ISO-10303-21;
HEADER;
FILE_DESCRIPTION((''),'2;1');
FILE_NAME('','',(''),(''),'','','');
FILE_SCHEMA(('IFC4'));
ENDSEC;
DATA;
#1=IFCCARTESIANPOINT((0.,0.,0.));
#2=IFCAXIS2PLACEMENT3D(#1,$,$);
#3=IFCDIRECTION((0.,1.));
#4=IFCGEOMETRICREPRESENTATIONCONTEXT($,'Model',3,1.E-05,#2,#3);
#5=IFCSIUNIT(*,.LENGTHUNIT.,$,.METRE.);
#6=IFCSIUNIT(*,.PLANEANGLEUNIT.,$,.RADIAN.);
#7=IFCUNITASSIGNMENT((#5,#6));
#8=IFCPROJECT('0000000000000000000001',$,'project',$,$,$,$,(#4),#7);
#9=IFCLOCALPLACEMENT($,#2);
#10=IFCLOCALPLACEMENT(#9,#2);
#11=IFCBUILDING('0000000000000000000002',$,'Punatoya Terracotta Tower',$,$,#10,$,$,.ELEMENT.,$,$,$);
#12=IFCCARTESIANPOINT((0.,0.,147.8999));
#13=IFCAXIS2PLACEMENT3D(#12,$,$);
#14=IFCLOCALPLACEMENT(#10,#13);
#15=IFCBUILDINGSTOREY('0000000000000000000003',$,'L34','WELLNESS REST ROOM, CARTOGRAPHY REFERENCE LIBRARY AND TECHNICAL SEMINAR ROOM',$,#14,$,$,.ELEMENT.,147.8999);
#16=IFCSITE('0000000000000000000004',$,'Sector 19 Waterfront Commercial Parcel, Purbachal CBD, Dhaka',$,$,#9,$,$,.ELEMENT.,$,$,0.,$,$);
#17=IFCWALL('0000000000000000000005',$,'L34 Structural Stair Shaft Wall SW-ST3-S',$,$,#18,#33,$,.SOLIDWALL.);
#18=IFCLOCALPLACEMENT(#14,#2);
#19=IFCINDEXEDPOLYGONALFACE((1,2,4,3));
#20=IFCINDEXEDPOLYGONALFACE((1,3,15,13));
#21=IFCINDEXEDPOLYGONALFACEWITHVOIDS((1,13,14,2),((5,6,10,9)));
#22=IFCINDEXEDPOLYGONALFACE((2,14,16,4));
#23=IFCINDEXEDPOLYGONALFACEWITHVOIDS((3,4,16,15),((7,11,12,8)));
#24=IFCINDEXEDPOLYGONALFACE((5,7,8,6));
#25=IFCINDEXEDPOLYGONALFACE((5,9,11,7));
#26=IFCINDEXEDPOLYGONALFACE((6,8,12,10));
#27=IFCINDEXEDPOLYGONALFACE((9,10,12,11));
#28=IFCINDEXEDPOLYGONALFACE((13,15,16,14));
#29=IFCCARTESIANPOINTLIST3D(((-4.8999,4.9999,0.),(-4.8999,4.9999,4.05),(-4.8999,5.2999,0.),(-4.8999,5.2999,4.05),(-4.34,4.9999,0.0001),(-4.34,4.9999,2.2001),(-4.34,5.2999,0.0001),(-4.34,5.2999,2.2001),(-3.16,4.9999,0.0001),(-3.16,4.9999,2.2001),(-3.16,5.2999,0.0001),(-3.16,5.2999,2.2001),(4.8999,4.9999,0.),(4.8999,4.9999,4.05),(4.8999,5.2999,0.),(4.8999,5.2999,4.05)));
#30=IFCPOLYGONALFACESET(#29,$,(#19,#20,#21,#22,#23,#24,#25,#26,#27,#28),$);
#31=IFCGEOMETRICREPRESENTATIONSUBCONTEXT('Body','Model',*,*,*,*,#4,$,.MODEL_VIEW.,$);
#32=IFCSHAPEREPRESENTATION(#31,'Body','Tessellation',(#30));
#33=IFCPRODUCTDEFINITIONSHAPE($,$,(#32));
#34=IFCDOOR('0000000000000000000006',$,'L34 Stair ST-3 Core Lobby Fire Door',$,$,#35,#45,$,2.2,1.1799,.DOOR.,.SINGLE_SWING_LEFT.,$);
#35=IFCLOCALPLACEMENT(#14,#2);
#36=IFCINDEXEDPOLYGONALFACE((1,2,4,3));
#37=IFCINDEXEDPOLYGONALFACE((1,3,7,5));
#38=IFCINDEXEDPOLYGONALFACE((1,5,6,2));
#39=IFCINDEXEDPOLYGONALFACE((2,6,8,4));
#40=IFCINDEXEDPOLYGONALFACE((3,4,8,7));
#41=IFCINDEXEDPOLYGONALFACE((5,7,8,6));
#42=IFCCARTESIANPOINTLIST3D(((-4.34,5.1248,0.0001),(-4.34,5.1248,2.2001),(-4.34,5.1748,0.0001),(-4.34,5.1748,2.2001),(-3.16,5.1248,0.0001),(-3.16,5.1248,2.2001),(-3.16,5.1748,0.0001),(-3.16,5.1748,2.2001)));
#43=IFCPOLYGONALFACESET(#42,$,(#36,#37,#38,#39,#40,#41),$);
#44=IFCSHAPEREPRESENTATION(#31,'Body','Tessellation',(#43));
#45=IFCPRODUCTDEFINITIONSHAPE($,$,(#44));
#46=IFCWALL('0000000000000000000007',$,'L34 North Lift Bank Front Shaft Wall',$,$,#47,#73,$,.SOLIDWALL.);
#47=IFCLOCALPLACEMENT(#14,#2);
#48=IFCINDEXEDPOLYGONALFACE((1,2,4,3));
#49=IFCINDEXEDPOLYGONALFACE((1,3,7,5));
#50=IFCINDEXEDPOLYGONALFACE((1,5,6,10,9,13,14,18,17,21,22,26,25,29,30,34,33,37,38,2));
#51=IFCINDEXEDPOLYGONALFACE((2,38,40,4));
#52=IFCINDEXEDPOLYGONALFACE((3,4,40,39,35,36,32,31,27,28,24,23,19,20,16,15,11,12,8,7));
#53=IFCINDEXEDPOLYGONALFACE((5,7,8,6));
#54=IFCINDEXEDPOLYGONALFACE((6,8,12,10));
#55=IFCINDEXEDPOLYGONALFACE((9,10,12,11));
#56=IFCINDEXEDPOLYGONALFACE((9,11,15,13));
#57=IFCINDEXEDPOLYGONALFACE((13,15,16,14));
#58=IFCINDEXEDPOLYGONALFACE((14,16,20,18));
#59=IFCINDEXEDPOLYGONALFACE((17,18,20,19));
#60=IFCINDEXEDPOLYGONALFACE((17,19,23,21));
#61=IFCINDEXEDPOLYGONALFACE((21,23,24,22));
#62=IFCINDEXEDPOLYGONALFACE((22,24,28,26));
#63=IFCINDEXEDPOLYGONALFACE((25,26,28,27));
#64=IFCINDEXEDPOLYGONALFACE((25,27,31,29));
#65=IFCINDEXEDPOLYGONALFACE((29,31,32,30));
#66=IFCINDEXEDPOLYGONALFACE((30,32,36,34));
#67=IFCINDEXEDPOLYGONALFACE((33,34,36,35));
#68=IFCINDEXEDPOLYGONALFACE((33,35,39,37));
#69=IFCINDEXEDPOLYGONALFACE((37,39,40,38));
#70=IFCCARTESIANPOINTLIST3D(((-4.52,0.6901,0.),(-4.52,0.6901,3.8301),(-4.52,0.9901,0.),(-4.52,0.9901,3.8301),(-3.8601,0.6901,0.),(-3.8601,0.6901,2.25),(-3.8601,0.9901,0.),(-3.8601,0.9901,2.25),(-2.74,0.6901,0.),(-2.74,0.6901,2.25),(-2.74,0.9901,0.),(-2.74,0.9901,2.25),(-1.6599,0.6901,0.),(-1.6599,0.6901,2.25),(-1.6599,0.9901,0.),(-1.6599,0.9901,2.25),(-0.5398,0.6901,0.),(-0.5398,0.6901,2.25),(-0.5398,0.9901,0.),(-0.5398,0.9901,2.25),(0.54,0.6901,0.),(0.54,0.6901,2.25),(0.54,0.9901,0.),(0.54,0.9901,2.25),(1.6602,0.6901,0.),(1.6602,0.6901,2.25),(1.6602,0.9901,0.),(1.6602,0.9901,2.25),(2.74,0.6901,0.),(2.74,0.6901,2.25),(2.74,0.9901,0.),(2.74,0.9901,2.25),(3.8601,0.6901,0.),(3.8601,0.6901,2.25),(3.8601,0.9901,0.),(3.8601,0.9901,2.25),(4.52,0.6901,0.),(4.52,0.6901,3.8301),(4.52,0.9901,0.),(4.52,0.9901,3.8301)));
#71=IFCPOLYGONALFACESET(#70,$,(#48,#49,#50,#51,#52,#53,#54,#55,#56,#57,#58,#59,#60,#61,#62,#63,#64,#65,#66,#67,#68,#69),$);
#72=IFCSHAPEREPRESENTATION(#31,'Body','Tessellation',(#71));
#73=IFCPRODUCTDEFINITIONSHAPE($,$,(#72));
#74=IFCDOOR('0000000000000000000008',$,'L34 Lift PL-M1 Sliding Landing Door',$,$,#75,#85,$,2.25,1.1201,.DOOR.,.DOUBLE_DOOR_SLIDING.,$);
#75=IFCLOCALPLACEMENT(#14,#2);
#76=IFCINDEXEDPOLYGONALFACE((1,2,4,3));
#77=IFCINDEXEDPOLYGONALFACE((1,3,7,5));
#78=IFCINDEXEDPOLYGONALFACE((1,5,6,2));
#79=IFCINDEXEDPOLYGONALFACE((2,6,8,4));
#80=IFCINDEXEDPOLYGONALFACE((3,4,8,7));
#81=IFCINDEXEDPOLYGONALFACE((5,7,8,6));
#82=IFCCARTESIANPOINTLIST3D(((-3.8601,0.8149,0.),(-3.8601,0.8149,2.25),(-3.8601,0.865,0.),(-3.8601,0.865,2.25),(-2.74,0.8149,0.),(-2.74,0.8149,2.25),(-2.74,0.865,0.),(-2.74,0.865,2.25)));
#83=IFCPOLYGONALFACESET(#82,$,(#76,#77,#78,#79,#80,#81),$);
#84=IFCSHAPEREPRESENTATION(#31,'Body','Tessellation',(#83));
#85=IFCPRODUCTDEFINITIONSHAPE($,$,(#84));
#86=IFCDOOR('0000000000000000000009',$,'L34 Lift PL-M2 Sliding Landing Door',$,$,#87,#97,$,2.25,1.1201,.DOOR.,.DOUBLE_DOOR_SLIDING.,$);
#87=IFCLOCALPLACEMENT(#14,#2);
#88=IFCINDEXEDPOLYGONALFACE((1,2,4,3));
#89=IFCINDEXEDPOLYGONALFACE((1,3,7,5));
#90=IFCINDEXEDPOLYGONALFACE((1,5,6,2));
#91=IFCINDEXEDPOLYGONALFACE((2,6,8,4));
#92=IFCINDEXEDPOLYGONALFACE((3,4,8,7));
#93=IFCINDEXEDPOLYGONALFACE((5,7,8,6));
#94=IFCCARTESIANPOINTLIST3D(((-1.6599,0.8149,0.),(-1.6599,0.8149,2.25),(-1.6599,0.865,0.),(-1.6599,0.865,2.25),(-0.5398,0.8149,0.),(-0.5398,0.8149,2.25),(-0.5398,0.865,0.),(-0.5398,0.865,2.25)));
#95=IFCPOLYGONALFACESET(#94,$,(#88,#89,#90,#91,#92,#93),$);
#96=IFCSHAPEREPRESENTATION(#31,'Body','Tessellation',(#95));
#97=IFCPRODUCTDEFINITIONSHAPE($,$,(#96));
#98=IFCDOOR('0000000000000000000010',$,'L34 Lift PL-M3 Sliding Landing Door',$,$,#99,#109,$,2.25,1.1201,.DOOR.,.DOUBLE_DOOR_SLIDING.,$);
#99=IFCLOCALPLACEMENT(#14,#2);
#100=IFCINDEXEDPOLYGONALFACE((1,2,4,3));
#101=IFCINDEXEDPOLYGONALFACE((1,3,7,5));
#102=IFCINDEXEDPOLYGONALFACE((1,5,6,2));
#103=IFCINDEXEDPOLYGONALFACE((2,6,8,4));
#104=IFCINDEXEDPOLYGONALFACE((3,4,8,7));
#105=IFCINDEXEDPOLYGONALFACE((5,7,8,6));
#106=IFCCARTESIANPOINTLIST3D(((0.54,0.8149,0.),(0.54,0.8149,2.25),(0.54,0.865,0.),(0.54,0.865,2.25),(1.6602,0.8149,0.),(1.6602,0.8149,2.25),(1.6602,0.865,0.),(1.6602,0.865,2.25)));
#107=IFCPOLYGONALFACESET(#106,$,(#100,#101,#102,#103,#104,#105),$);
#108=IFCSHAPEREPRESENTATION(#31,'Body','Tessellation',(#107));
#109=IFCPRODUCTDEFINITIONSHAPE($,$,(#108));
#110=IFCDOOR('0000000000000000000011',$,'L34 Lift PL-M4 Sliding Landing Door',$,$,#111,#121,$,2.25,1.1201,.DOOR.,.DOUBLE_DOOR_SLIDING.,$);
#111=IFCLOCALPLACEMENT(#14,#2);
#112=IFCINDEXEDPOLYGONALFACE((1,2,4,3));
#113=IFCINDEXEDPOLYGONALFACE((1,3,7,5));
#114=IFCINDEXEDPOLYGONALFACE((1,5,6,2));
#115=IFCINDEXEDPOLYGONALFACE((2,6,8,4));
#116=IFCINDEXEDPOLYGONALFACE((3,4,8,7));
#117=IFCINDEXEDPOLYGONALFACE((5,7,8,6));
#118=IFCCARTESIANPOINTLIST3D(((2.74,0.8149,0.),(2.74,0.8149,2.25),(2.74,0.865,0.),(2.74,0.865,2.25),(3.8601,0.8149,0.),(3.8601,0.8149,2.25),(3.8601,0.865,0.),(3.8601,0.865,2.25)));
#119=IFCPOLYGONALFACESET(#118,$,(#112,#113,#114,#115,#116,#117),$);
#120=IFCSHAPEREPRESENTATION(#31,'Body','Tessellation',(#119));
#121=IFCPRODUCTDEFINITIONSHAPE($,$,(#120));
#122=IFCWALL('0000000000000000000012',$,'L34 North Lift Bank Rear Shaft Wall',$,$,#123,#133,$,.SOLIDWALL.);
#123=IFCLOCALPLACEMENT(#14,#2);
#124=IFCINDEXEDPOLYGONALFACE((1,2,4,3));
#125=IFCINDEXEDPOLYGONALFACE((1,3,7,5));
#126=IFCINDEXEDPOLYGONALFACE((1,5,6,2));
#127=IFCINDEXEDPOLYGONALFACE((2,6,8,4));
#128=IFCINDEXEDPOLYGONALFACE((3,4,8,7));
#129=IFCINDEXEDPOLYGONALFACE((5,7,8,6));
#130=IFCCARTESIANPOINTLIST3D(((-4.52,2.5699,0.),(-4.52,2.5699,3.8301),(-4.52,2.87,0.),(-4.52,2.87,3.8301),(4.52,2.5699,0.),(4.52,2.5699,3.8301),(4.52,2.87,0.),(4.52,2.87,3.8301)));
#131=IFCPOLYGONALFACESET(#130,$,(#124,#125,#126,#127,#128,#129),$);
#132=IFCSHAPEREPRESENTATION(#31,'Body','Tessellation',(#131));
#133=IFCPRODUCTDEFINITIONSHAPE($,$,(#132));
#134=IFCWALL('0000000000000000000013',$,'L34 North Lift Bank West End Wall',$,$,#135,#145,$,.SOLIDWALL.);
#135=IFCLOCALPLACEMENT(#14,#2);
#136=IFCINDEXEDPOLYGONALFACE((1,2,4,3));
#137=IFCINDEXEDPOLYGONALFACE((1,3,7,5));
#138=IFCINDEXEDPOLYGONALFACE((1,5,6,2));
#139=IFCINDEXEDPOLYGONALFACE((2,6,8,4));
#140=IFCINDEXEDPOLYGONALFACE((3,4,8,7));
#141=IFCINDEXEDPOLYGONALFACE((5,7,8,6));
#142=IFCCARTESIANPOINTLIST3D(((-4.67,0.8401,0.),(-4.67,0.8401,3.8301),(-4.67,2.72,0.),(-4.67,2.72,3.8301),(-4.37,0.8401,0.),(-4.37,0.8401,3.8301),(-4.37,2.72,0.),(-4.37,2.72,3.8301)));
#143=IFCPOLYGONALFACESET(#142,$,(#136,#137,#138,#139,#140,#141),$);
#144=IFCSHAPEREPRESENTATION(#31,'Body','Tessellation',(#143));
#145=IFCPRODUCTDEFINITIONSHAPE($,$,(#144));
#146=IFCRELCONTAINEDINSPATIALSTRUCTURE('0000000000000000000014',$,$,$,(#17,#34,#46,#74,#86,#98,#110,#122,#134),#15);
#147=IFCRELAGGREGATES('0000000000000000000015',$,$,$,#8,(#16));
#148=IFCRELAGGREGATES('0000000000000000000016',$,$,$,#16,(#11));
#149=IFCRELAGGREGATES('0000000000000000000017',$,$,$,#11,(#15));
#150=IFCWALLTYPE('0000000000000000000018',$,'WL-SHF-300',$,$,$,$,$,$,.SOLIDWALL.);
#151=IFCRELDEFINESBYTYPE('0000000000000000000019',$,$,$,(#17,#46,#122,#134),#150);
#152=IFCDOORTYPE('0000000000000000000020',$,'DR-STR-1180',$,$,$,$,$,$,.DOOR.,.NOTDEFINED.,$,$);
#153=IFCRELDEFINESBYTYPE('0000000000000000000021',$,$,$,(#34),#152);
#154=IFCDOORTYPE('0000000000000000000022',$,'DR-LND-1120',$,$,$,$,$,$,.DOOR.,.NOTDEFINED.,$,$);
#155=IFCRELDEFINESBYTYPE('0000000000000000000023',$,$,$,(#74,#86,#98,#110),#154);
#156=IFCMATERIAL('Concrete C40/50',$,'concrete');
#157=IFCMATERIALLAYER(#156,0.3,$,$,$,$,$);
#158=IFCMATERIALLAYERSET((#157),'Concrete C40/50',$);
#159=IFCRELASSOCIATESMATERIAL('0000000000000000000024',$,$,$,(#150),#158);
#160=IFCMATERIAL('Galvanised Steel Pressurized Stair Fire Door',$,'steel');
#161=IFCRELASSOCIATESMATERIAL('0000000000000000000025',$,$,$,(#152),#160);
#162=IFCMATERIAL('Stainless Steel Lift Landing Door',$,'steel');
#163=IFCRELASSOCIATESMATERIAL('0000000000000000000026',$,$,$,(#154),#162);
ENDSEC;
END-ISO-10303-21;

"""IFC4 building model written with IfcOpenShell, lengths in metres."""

from ifc_helpers import new_model, si_unit, direction, frame, frame_2d, origin, place, context, subcontext, project, spatial, rectangle, extrude, material, layer, layer_set, type_object, element, fill, save


model = new_model("IFC4")

# Units and contexts
model_context = context("Model", 3, precision=1e-05, world=origin(), true_north=direction((0.0, 1.0)))
body_context = subcontext(model_context, "Body", "Model", "MODEL_VIEW")
ifc_project = project(units=[si_unit("LENGTHUNIT", "METRE"), si_unit("PLANEANGLEUNIT", "RADIAN")], contexts=[model_context])

# Site, building, storey
site_placement = place(None, origin())
site = spatial("IfcSite", under=ifc_project, at=site_placement, Name="Sector 19 Waterfront Commercial Parcel, Purbachal CBD, Dhaka", CompositionType="ELEMENT", RefElevation=0.0)
building_placement = place(site_placement, origin())
building = spatial("IfcBuilding", under=site, at=building_placement, Name="Punatoya Terracotta Tower", CompositionType="ELEMENT")
storey_placement = place(building_placement, frame((0.0, 0.0, 147.8999)))
storey = spatial("IfcBuildingStorey", under=building, at=storey_placement, Name="L34", Description="WELLNESS REST ROOM, CARTOGRAPHY REFERENCE LIBRARY AND TECHNICAL SEMINAR ROOM", CompositionType="ELEMENT", Elevation=147.8999)

# Shared definitions
ifc_material_1 = material(Name="Concrete C40/50", Category="concrete")

# Shared definitions
ifc_layer_1 = layer(ifc_material_1, 0.3)
ifc_layer_set_1 = layer_set([ifc_layer_1], Name="Concrete C40/50")
wall_type_1 = type_object("IfcWallType", Name="WL-SHF-300", PredefinedType="SOLIDWALL", material=ifc_layer_set_1)

# Wall, opening, door
wall_1_placement = place(storey_placement, frame((-4.8999, 5.1499, 0.0), z_axis=(0.0, 0.0, 1.0), x_axis=(1.0, 0.0, 0.0)))
wall_1 = element("IfcWall", 1, at=wall_1_placement, inside=storey, type_object=wall_type_1, Name="L34 Structural Stair Shaft Wall SW-ST3-S", PredefinedType="SOLIDWALL", context=body_context, shape_type="SweptSolid", body=[
    extrude(rectangle(XDim=9.7998, YDim=0.3, at=frame_2d((4.8999, 0.0))), origin(), (0.0, 0.0, 1.0), 4.05),
])
opening_1_placement = place(wall_1_placement, frame((0.5601, 0.0, 0.0)))
opening_1 = element("IfcOpeningElement", 2, at=opening_1_placement, cuts=wall_1, PredefinedType="OPENING", context=body_context, shape_type="SweptSolid", body=[
    extrude(rectangle(XDim=1.1799, YDim=2.2, at=frame_2d((0.5898, 1.1001))), frame((0.0, 0.1599, 0.0), z_axis=(0.0, -1.0, 0.0), x_axis=(1.0, 0.0, 0.0)), (0.0, 0.0, 1.0), 0.3201),
])
ifc_material_2 = material(Name="Galvanised Steel Pressurized Stair Fire Door", Category="steel")
door_type_1 = type_object("IfcDoorType", Name="DR-STR-1180", OperationType="NOTDEFINED", PredefinedType="DOOR", material=ifc_material_2)
door_1_placement = place(opening_1_placement, origin())
door_1 = element("IfcDoor", 3, at=door_1_placement, inside=storey, type_object=door_type_1, Name="L34 Stair ST-3 Core Lobby Fire Door", OperationType="SINGLE_SWING_LEFT", OverallHeight=2.2, OverallWidth=1.1799, PredefinedType="DOOR", context=body_context, shape_type="SweptSolid", body=[
    extrude(rectangle(XDim=1.1799, YDim=2.2, at=frame_2d((0.5898, 1.1001))), frame((0.0, 0.0249, 0.0), z_axis=(0.0, -1.0, 0.0), x_axis=(1.0, 0.0, 0.0)), (0.0, 0.0, 1.0), 0.05),
])
fill(opening_1, door_1)

# Wall, openings, doors
wall_2_placement = place(storey_placement, frame((-4.52, 0.8401, 0.0), z_axis=(0.0, 0.0, 1.0), x_axis=(1.0, 0.0, 0.0)))
wall_2 = element("IfcWall", 4, at=wall_2_placement, inside=storey, type_object=wall_type_1, Name="L34 North Lift Bank Front Shaft Wall", PredefinedType="SOLIDWALL", context=body_context, shape_type="SweptSolid", body=[
    extrude(rectangle(XDim=9.04, YDim=0.3, at=frame_2d((4.52, 0.0))), origin(), (0.0, 0.0, 1.0), 3.8301),
])
opening_2_placement = place(wall_2_placement, frame((0.6599, 0.0, 0.0)))
opening_2 = element("IfcOpeningElement", 5, at=opening_2_placement, cuts=wall_2, PredefinedType="OPENING", context=body_context, shape_type="SweptSolid", body=[
    extrude(rectangle(XDim=1.1201, YDim=2.25, at=frame_2d((0.5601, 1.125))), frame((0.0, 0.1599, 0.0), z_axis=(0.0, -1.0, 0.0), x_axis=(1.0, 0.0, 0.0)), (0.0, 0.0, 1.0), 0.3201),
])
opening_3_placement = place(wall_2_placement, frame((2.8601, 0.0, 0.0)))
opening_3 = element("IfcOpeningElement", 6, at=opening_3_placement, cuts=wall_2, PredefinedType="OPENING", context=body_context, shape_type="SweptSolid", body=[
    extrude(rectangle(XDim=1.1201, YDim=2.25, at=frame_2d((0.5601, 1.125))), frame((0.0, 0.1599, 0.0), z_axis=(0.0, -1.0, 0.0), x_axis=(1.0, 0.0, 0.0)), (0.0, 0.0, 1.0), 0.3201),
])
opening_4_placement = place(wall_2_placement, frame((5.0601, 0.0, 0.0)))
opening_4 = element("IfcOpeningElement", 7, at=opening_4_placement, cuts=wall_2, PredefinedType="OPENING", context=body_context, shape_type="SweptSolid", body=[
    extrude(rectangle(XDim=1.1201, YDim=2.25, at=frame_2d((0.5601, 1.125))), frame((0.0, 0.1599, 0.0), z_axis=(0.0, -1.0, 0.0), x_axis=(1.0, 0.0, 0.0)), (0.0, 0.0, 1.0), 0.3201),
])
opening_5_placement = place(wall_2_placement, frame((7.26, 0.0, 0.0)))
opening_5 = element("IfcOpeningElement", 8, at=opening_5_placement, cuts=wall_2, PredefinedType="OPENING", context=body_context, shape_type="SweptSolid", body=[
    extrude(rectangle(XDim=1.1201, YDim=2.25, at=frame_2d((0.5601, 1.125))), frame((0.0, 0.1599, 0.0), z_axis=(0.0, -1.0, 0.0), x_axis=(1.0, 0.0, 0.0)), (0.0, 0.0, 1.0), 0.3201),
])
ifc_material_3 = material(Name="Stainless Steel Lift Landing Door", Category="steel")
door_type_2 = type_object("IfcDoorType", Name="DR-LND-1120", OperationType="NOTDEFINED", PredefinedType="DOOR", material=ifc_material_3)
door_2_placement = place(opening_2_placement, origin())
door_2 = element("IfcDoor", 9, at=door_2_placement, inside=storey, type_object=door_type_2, Name="L34 Lift PL-M1 Sliding Landing Door", OperationType="DOUBLE_DOOR_SLIDING", OverallHeight=2.25, OverallWidth=1.1201, PredefinedType="DOOR", context=body_context, shape_type="SweptSolid", body=[
    extrude(rectangle(XDim=1.1201, YDim=2.25, at=frame_2d((0.5601, 1.125))), frame((0.0, 0.0249, 0.0), z_axis=(0.0, -1.0, 0.0), x_axis=(1.0, 0.0, 0.0)), (0.0, 0.0, 1.0), 0.05),
])
fill(opening_2, door_2)
door_3_placement = place(opening_3_placement, origin())
door_3 = element("IfcDoor", 10, at=door_3_placement, inside=storey, type_object=door_type_2, Name="L34 Lift PL-M2 Sliding Landing Door", OperationType="DOUBLE_DOOR_SLIDING", OverallHeight=2.25, OverallWidth=1.1201, PredefinedType="DOOR", context=body_context, shape_type="SweptSolid", body=[
    extrude(rectangle(XDim=1.1201, YDim=2.25, at=frame_2d((0.5601, 1.125))), frame((0.0, 0.0249, 0.0), z_axis=(0.0, -1.0, 0.0), x_axis=(1.0, 0.0, 0.0)), (0.0, 0.0, 1.0), 0.05),
])
fill(opening_3, door_3)
door_4_placement = place(opening_4_placement, origin())
door_4 = element("IfcDoor", 11, at=door_4_placement, inside=storey, type_object=door_type_2, Name="L34 Lift PL-M3 Sliding Landing Door", OperationType="DOUBLE_DOOR_SLIDING", OverallHeight=2.25, OverallWidth=1.1201, PredefinedType="DOOR", context=body_context, shape_type="SweptSolid", body=[
    extrude(rectangle(XDim=1.1201, YDim=2.25, at=frame_2d((0.5601, 1.125))), frame((0.0, 0.0249, 0.0), z_axis=(0.0, -1.0, 0.0), x_axis=(1.0, 0.0, 0.0)), (0.0, 0.0, 1.0), 0.05),
])
fill(opening_4, door_4)
door_5_placement = place(opening_5_placement, origin())
door_5 = element("IfcDoor", 12, at=door_5_placement, inside=storey, type_object=door_type_2, Name="L34 Lift PL-M4 Sliding Landing Door", OperationType="DOUBLE_DOOR_SLIDING", OverallHeight=2.25, OverallWidth=1.1201, PredefinedType="DOOR", context=body_context, shape_type="SweptSolid", body=[
    extrude(rectangle(XDim=1.1201, YDim=2.25, at=frame_2d((0.5601, 1.125))), frame((0.0, 0.0249, 0.0), z_axis=(0.0, -1.0, 0.0), x_axis=(1.0, 0.0, 0.0)), (0.0, 0.0, 1.0), 0.05),
])
fill(opening_5, door_5)

# Walls
wall_3_placement = place(storey_placement, frame((-4.52, 2.72, 0.0), z_axis=(0.0, 0.0, 1.0), x_axis=(1.0, 0.0, 0.0)))
element("IfcWall", 13, at=wall_3_placement, inside=storey, type_object=wall_type_1, Name="L34 North Lift Bank Rear Shaft Wall", PredefinedType="SOLIDWALL", context=body_context, shape_type="SweptSolid", body=[
    extrude(rectangle(XDim=9.04, YDim=0.3, at=frame_2d((4.52, 0.0))), origin(), (0.0, 0.0, 1.0), 3.8301),
])
wall_4_placement = place(storey_placement, frame((-4.52, 0.8401, 0.0), z_axis=(0.0, 0.0, 1.0), x_axis=(0.0, 1.0, 0.0)))
element("IfcWall", 14, at=wall_4_placement, inside=storey, type_object=wall_type_1, Name="L34 North Lift Bank West End Wall", PredefinedType="SOLIDWALL", context=body_context, shape_type="SweptSolid", body=[
    extrude(rectangle(XDim=1.8799, YDim=0.3, at=frame_2d((0.9399, 0.0))), origin(), (0.0, 0.0, 1.0), 3.8301),
])

save(model, "model.ifc")
